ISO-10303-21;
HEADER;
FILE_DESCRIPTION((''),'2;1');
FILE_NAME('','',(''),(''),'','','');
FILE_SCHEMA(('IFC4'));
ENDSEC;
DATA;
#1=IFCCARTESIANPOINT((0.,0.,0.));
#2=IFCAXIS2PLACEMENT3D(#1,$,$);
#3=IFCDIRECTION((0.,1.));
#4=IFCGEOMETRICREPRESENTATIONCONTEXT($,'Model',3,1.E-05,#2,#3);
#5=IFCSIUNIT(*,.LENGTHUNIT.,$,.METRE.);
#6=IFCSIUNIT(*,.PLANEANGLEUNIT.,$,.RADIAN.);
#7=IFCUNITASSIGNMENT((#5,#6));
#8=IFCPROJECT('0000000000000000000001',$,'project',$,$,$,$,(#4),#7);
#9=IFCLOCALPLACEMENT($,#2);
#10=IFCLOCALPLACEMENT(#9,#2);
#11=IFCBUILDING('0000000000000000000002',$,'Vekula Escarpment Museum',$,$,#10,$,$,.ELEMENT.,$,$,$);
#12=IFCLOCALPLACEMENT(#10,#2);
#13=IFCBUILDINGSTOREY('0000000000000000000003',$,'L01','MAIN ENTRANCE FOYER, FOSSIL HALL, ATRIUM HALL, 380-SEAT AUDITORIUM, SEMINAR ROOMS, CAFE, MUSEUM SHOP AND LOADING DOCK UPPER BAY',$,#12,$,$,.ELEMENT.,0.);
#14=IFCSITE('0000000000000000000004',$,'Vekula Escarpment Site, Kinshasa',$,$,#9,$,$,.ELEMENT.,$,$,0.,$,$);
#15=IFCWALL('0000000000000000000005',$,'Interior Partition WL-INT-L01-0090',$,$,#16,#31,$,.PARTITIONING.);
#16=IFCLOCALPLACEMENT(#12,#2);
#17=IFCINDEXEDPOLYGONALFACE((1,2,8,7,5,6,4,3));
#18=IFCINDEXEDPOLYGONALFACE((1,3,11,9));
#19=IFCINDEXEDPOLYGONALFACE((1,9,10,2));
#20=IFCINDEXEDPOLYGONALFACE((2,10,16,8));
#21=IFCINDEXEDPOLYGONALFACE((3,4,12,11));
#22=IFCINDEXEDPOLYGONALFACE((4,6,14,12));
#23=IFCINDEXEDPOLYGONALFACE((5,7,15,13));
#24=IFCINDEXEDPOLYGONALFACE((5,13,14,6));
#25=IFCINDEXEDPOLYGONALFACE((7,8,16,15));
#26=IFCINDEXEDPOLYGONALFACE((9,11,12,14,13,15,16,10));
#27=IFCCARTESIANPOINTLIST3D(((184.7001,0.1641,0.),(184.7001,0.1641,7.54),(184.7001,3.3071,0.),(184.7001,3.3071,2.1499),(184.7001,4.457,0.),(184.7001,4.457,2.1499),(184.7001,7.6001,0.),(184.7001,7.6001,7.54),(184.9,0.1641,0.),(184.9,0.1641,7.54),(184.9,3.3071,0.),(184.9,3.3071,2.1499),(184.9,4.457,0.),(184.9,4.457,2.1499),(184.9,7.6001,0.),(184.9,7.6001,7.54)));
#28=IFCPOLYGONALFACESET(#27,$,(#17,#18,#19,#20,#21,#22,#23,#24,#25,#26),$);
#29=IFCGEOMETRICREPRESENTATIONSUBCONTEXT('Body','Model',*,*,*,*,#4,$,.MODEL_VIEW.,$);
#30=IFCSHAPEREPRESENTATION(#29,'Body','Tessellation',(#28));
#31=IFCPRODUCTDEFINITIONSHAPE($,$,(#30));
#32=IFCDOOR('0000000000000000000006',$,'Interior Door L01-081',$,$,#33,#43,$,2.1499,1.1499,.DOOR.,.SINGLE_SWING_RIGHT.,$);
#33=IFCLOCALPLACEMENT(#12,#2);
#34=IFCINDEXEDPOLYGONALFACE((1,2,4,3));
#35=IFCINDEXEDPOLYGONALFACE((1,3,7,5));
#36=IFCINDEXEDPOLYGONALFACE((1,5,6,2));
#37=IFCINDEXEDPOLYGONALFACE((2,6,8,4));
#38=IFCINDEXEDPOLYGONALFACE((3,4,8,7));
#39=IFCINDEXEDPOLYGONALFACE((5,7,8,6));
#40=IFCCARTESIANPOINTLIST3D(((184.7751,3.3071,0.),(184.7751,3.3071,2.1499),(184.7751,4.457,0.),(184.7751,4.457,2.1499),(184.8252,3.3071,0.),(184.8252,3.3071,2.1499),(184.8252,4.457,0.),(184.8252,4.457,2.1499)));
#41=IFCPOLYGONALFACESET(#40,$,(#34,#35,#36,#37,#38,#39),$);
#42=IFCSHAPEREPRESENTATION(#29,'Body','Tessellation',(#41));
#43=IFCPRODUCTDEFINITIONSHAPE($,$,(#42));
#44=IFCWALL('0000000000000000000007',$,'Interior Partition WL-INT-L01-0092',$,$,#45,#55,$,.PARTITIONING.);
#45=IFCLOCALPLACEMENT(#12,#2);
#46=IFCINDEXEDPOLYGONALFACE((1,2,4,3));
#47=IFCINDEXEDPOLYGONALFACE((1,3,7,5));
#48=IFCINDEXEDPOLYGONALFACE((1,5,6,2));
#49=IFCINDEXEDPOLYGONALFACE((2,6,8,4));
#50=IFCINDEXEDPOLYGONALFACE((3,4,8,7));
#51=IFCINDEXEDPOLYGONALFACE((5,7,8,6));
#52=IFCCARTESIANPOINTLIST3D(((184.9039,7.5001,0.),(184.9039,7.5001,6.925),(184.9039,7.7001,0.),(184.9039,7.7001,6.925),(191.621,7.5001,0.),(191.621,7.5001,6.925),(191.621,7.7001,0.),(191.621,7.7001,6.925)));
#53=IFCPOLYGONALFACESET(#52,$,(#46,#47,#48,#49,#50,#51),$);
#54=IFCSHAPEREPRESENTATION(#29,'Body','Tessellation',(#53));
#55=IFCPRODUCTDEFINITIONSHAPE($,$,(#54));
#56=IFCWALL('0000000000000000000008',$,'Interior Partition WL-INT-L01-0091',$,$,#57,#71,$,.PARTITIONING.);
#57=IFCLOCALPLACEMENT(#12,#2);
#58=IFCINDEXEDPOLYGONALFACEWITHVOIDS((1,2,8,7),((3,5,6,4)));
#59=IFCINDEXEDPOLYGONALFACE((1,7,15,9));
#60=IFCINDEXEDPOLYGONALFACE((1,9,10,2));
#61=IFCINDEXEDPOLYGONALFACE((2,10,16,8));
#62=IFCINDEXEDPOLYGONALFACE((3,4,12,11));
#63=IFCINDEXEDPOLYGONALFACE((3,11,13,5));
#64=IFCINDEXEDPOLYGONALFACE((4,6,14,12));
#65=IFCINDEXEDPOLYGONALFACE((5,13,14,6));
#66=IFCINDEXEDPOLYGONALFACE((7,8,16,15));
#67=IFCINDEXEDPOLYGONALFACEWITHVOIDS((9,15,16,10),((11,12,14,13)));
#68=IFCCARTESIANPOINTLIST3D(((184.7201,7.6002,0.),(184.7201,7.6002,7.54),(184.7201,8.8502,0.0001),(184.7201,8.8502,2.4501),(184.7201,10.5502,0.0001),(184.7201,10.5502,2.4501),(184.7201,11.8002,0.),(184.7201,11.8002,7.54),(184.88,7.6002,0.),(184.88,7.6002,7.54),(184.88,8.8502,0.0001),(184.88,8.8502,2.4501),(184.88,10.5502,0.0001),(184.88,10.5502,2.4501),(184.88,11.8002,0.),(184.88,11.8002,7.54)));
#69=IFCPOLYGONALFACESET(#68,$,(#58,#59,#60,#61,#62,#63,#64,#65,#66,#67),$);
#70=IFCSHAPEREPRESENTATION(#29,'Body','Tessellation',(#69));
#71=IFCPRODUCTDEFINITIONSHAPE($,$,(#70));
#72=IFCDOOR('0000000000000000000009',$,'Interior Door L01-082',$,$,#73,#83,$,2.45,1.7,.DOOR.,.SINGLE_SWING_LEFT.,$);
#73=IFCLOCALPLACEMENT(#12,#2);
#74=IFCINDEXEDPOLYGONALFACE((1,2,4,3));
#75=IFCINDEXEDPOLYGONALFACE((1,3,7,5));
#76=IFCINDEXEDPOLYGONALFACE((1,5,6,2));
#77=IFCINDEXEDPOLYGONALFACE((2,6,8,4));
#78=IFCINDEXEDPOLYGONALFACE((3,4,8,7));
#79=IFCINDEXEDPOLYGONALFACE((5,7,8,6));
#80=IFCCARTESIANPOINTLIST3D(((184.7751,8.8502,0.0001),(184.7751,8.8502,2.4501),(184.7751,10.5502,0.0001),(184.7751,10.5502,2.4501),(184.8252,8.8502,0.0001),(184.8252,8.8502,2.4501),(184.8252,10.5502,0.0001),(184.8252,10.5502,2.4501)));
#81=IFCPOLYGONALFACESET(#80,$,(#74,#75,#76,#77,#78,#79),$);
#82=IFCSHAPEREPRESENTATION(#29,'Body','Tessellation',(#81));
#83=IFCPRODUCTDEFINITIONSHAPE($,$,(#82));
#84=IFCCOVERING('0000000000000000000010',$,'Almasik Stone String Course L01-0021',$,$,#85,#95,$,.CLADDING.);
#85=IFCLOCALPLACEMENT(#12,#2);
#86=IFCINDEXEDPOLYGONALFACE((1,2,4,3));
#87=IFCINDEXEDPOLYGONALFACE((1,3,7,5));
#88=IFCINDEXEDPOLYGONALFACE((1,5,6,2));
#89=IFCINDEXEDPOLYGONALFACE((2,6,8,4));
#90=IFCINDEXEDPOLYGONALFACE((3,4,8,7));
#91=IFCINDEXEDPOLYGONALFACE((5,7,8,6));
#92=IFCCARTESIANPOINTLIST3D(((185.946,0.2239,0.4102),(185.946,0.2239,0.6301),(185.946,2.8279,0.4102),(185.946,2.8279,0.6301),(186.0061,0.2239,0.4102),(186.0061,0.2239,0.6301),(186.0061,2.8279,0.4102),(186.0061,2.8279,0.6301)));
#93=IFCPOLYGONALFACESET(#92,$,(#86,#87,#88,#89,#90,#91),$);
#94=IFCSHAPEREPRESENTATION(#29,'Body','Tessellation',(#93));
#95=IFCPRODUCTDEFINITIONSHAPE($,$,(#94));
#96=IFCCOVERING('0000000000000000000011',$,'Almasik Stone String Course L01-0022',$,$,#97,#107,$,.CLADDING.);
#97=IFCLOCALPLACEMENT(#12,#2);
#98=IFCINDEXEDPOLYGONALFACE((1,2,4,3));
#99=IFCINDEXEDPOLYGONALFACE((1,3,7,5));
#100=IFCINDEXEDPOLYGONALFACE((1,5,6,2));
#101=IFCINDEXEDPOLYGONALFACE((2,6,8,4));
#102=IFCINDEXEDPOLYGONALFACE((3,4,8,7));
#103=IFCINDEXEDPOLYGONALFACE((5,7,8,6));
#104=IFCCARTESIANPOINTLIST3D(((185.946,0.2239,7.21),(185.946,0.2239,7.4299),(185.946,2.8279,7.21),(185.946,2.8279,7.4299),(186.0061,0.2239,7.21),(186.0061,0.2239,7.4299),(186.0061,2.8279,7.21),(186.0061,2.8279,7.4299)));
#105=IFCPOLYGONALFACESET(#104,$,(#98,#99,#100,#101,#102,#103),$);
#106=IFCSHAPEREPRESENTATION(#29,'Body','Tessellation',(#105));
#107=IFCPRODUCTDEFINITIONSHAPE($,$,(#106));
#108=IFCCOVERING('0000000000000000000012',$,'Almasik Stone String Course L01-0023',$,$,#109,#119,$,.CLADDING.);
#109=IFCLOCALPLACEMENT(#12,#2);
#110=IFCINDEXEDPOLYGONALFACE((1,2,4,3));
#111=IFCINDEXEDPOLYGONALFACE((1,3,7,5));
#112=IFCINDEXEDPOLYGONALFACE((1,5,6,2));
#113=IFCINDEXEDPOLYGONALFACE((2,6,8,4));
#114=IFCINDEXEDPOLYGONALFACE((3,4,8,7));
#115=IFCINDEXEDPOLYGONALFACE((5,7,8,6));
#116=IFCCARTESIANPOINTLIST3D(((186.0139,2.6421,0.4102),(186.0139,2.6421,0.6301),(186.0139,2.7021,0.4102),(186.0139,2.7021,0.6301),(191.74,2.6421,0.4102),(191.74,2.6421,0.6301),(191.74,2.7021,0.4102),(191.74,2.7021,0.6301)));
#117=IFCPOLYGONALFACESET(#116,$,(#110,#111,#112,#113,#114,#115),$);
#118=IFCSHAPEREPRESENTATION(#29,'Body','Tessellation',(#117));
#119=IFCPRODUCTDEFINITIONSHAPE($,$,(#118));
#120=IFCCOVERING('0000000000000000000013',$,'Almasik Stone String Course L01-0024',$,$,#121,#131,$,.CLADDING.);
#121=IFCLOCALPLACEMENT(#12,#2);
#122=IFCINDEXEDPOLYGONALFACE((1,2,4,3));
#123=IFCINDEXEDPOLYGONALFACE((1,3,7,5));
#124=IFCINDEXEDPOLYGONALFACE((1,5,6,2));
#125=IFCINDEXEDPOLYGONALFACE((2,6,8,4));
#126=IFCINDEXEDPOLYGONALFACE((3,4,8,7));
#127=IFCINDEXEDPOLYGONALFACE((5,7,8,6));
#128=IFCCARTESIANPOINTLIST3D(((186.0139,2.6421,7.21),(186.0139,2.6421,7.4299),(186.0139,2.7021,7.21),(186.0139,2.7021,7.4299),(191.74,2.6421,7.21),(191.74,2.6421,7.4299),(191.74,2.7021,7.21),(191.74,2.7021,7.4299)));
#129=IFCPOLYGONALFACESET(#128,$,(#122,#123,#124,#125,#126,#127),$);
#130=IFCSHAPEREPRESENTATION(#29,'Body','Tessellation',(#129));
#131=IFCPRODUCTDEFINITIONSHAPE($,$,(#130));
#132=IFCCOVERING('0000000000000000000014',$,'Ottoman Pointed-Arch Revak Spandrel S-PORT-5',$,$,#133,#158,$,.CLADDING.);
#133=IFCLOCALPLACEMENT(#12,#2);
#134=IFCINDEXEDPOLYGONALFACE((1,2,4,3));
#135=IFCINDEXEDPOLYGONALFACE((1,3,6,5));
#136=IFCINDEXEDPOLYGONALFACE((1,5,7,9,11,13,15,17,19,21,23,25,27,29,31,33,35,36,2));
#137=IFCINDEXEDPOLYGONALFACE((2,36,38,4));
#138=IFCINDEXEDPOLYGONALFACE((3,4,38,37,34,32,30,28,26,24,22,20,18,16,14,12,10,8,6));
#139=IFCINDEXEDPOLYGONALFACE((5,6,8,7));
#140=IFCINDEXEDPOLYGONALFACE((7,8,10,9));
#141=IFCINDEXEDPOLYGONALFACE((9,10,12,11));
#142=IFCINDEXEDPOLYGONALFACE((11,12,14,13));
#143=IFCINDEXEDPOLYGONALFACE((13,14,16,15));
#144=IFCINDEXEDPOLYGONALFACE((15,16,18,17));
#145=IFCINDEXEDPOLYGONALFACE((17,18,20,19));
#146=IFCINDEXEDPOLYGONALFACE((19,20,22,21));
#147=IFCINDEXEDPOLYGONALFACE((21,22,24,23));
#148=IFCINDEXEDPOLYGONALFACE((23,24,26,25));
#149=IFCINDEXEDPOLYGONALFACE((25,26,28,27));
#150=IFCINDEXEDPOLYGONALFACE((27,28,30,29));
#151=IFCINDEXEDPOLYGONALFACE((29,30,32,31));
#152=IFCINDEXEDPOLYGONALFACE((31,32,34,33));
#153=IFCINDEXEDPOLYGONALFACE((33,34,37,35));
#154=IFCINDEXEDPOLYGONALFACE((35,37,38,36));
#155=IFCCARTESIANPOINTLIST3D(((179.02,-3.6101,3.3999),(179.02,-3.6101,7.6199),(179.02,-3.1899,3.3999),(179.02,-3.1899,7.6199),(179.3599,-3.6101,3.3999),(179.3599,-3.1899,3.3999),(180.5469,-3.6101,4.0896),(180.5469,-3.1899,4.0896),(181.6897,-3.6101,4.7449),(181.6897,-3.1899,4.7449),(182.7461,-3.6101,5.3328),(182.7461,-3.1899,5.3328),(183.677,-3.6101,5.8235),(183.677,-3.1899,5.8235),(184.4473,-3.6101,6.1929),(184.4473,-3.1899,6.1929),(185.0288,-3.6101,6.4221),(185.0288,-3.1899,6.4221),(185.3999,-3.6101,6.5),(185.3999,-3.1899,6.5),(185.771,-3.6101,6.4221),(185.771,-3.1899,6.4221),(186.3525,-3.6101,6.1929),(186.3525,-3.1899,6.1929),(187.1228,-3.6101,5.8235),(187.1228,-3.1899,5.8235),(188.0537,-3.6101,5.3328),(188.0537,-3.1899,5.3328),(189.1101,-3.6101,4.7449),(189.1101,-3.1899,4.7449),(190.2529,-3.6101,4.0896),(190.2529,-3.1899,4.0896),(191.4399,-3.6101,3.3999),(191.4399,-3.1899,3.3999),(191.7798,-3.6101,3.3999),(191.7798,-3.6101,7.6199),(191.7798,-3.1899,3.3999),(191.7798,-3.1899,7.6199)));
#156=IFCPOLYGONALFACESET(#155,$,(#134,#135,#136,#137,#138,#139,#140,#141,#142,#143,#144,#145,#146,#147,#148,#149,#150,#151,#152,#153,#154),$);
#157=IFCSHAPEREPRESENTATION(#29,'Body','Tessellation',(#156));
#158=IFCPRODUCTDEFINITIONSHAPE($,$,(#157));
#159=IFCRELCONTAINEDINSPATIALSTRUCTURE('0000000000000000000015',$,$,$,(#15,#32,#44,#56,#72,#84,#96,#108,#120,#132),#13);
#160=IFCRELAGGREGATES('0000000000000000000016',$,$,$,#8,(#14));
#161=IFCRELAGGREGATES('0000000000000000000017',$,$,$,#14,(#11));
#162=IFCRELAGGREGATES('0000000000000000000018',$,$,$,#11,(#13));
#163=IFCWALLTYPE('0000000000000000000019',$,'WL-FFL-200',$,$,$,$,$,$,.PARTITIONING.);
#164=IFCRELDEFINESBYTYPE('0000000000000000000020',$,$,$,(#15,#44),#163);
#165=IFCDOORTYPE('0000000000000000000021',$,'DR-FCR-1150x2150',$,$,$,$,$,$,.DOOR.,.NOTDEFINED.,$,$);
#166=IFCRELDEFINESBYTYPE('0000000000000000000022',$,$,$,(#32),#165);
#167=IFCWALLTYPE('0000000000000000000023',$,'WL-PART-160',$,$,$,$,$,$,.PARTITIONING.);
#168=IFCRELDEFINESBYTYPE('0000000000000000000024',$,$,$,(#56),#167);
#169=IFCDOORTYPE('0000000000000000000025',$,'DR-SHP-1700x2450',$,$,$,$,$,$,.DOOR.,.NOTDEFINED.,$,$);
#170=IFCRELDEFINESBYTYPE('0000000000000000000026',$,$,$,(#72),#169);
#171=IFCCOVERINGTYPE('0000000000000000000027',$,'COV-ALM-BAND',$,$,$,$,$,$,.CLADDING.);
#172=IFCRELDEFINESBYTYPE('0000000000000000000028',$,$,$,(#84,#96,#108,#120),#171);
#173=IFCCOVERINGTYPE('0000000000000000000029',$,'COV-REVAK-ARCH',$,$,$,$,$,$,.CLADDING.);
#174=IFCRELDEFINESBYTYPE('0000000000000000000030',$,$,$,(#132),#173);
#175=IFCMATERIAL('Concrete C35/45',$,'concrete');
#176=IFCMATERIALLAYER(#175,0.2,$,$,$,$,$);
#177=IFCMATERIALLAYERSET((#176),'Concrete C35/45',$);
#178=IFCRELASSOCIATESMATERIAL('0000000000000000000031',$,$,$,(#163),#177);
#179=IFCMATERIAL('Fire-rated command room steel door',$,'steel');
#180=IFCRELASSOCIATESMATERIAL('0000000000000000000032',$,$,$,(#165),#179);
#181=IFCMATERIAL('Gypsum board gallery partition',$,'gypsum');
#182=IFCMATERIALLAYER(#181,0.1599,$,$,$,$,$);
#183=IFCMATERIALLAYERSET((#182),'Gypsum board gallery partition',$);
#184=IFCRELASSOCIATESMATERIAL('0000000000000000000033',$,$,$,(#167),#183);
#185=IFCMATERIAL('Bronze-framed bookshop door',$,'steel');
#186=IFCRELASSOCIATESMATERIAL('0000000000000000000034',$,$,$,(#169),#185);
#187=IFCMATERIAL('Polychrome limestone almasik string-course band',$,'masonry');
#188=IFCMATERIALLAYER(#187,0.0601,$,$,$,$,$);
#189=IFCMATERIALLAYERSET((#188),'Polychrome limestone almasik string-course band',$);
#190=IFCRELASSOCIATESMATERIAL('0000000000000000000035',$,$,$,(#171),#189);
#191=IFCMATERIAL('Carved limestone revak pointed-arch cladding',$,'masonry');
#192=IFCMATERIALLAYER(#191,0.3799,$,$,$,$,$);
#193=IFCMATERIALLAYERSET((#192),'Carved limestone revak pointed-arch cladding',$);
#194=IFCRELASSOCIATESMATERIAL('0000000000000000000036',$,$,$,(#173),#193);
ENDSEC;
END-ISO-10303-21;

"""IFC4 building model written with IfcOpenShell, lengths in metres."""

from ifc_helpers import new_model, si_unit, direction, frame, frame_2d, origin, origin_2d, place, context, subcontext, project, spatial, polyline, rectangle, outline, extrude, material, layer, layer_set, type_object, element, fill, save


model = new_model("IFC4")

# Units and contexts
model_context = context("Model", 3, precision=1e-05, world=origin(), true_north=direction((0.0, 1.0)))
body_context = subcontext(model_context, "Body", "Model", "MODEL_VIEW")
ifc_project = project(units=[si_unit("LENGTHUNIT", "METRE"), si_unit("PLANEANGLEUNIT", "RADIAN")], contexts=[model_context])

# Site, building, storey
site_placement = place(None, origin())
site = spatial("IfcSite", under=ifc_project, at=site_placement, Name="Vekula Escarpment Site, Kinshasa", CompositionType="ELEMENT", RefElevation=0.0)
building_placement = place(site_placement, origin())
building = spatial("IfcBuilding", under=site, at=building_placement, Name="Vekula Escarpment Museum", CompositionType="ELEMENT")
storey_placement = place(building_placement, origin())
storey = spatial("IfcBuildingStorey", under=building, at=storey_placement, Name="L01", Description="MAIN ENTRANCE FOYER, FOSSIL HALL, ATRIUM HALL, 380-SEAT AUDITORIUM, SEMINAR ROOMS, CAFE, MUSEUM SHOP AND LOADING DOCK UPPER BAY", CompositionType="ELEMENT", Elevation=0.0)

# Wall, opening, door
ifc_material_1 = material(Name="Concrete C35/45", Category="concrete")
ifc_layer_1 = layer(ifc_material_1, 0.2)
ifc_layer_set_1 = layer_set([ifc_layer_1], Name="Concrete C35/45")
wall_type_1 = type_object("IfcWallType", Name="WL-FFL-200", PredefinedType="PARTITIONING", material=ifc_layer_set_1)
wall_1_placement = place(storey_placement, frame((184.8, 0.1641, 0.0), z_axis=(0.0, 0.0, 1.0), x_axis=(0.0, 1.0, 0.0)))
wall_1 = element("IfcWall", 1, at=wall_1_placement, inside=storey, type_object=wall_type_1, Name="Interior Partition WL-INT-L01-0090", PredefinedType="PARTITIONING", context=body_context, shape_type="SweptSolid", body=[
    extrude(rectangle(XDim=7.436, YDim=0.2, at=frame_2d((3.718, 0.0))), origin(), (0.0, 0.0, 1.0), 7.54),
])
opening_1_placement = place(wall_1_placement, frame((3.1431, 0.0, 0.0)))
opening_1 = element("IfcOpeningElement", 2, at=opening_1_placement, cuts=wall_1, PredefinedType="OPENING", context=body_context, shape_type="SweptSolid", body=[
    extrude(rectangle(XDim=1.1499, YDim=2.1499, at=frame_2d((0.575, 1.075))), frame((0.0, 0.1099, 0.0), z_axis=(0.0, -1.0, 0.0), x_axis=(1.0, 0.0, 0.0)), (0.0, 0.0, 1.0), 0.22),
])
ifc_material_2 = material(Name="Fire-rated command room steel door", Category="steel")
door_type_1 = type_object("IfcDoorType", Name="DR-FCR-1150x2150", OperationType="NOTDEFINED", PredefinedType="DOOR", material=ifc_material_2)
door_1_placement = place(opening_1_placement, origin())
door_1 = element("IfcDoor", 3, at=door_1_placement, inside=storey, type_object=door_type_1, Name="Interior Door L01-081", OperationType="SINGLE_SWING_RIGHT", OverallHeight=2.1499, OverallWidth=1.1499, PredefinedType="DOOR", context=body_context, shape_type="SweptSolid", body=[
    extrude(rectangle(XDim=1.1499, YDim=2.1499, at=frame_2d((0.575, 1.075))), frame((0.0, 0.0249, 0.0), z_axis=(0.0, -1.0, 0.0), x_axis=(1.0, 0.0, 0.0)), (0.0, 0.0, 1.0), 0.05),
])
fill(opening_1, door_1)

# Wall
wall_2_placement = place(storey_placement, frame((184.9041, 7.6001, 0.0), z_axis=(0.0, 0.0, 1.0), x_axis=(1.0, 0.0, 0.0)))
element("IfcWall", 4, at=wall_2_placement, inside=storey, type_object=wall_type_1, Name="Interior Partition WL-INT-L01-0092", PredefinedType="PARTITIONING", context=body_context, shape_type="SweptSolid", body=[
    extrude(rectangle(XDim=6.717, YDim=0.2, at=frame_2d((3.3584, 0.0))), origin(), (0.0, 0.0, 1.0), 6.925),
])

# Wall, opening, door
ifc_material_3 = material(Name="Gypsum board gallery partition", Category="gypsum")
ifc_layer_2 = layer(ifc_material_3, 0.1599)
ifc_layer_set_2 = layer_set([ifc_layer_2], Name="Gypsum board gallery partition")
wall_type_2 = type_object("IfcWallType", Name="WL-PART-160", PredefinedType="PARTITIONING", material=ifc_layer_set_2)
wall_3_placement = place(storey_placement, frame((184.8, 7.6001, 0.0), z_axis=(0.0, 0.0, 1.0), x_axis=(0.0, 1.0, 0.0)))
wall_3 = element("IfcWall", 5, at=wall_3_placement, inside=storey, type_object=wall_type_2, Name="Interior Partition WL-INT-L01-0091", PredefinedType="PARTITIONING", context=body_context, shape_type="SweptSolid", body=[
    extrude(rectangle(XDim=4.2, YDim=0.1599, at=frame_2d((2.1001, 0.0))), origin(), (0.0, 0.0, 1.0), 7.54),
])
opening_2_placement = place(wall_3_placement, frame((1.25, 0.0, 0.0)))
opening_2 = element("IfcOpeningElement", 6, at=opening_2_placement, cuts=wall_3, PredefinedType="OPENING", context=body_context, shape_type="SweptSolid", body=[
    extrude(rectangle(XDim=1.7, YDim=2.45, at=frame_2d((0.8501, 1.2251))), frame((0.0, 0.0898, 0.0), z_axis=(0.0, -1.0, 0.0), x_axis=(1.0, 0.0, 0.0)), (0.0, 0.0, 1.0), 0.1799),
])
ifc_material_4 = material(Name="Bronze-framed bookshop door", Category="steel")
door_type_2 = type_object("IfcDoorType", Name="DR-SHP-1700x2450", OperationType="NOTDEFINED", PredefinedType="DOOR", material=ifc_material_4)
door_2_placement = place(opening_2_placement, origin())
door_2 = element("IfcDoor", 7, at=door_2_placement, inside=storey, type_object=door_type_2, Name="Interior Door L01-082", OperationType="SINGLE_SWING_LEFT", OverallHeight=2.45, OverallWidth=1.7, PredefinedType="DOOR", context=body_context, shape_type="SweptSolid", body=[
    extrude(rectangle(XDim=1.7, YDim=2.45, at=frame_2d((0.8501, 1.2251))), frame((0.0, 0.0249, 0.0), z_axis=(0.0, -1.0, 0.0), x_axis=(1.0, 0.0, 0.0)), (0.0, 0.0, 1.0), 0.05),
])
fill(opening_2, door_2)

# Coverings
ifc_material_5 = material(Name="Polychrome limestone almasik string-course band", Category="masonry")
ifc_layer_3 = layer(ifc_material_5, 0.0601)
ifc_layer_set_3 = layer_set([ifc_layer_3], Name="Polychrome limestone almasik string-course band")
covering_type_1 = type_object("IfcCoveringType", Name="COV-ALM-BAND", PredefinedType="CLADDING", material=ifc_layer_set_3)
for number, where, z_axis, x_axis, name in (
    (8, (185.9761, 1.5259, 0.4102), (0.0, 0.0, 1.0), (0.0, 1.0, 0.0), "Almasik Stone String Course L01-0021"),
    (9, (185.9761, 1.5259, 7.21), (0.0, 0.0, 1.0), (0.0, 1.0, 0.0), "Almasik Stone String Course L01-0022"),
):
    element("IfcCovering", number, at=place(storey_placement, frame(where, z_axis=z_axis, x_axis=x_axis)), inside=storey, type_object=covering_type_1, Name=name, PredefinedType="CLADDING", context=body_context, shape_type="SweptSolid", body=[
        extrude(rectangle(XDim=2.604, YDim=0.0601, at=origin_2d()), origin(), (0.0, 0.0, 1.0), 0.22),
    ])
for number, where, z_axis, x_axis, name in (
    (10, (188.877, 2.6721, 0.4102), (0.0, 0.0, 1.0), (1.0, 0.0, 0.0), "Almasik Stone String Course L01-0023"),
    (11, (188.877, 2.6721, 7.21), (0.0, 0.0, 1.0), (1.0, 0.0, 0.0), "Almasik Stone String Course L01-0024"),
):
    element("IfcCovering", number, at=place(storey_placement, frame(where, z_axis=z_axis, x_axis=x_axis)), inside=storey, type_object=covering_type_1, Name=name, PredefinedType="CLADDING", context=body_context, shape_type="SweptSolid", body=[
        extrude(rectangle(XDim=5.7261, YDim=0.0601, at=origin_2d()), origin(), (0.0, 0.0, 1.0), 0.22),
    ])
ifc_material_6 = material(Name="Carved limestone revak pointed-arch cladding", Category="masonry")
ifc_layer_4 = layer(ifc_material_6, 0.3799)
ifc_layer_set_4 = layer_set([ifc_layer_4], Name="Carved limestone revak pointed-arch cladding")
covering_type_2 = type_object("IfcCoveringType", Name="COV-REVAK-ARCH", PredefinedType="CLADDING", material=ifc_layer_set_4)
covering_placement = place(storey_placement, frame((185.3999, -3.1899, 3.3999), z_axis=(0.0, -1.0, 0.0), x_axis=(1.0, 0.0, 0.0)))
element("IfcCovering", 12, at=covering_placement, inside=storey, type_object=covering_type_2, Name="Ottoman Pointed-Arch Revak Spandrel S-PORT-5", PredefinedType="CLADDING", context=body_context, shape_type="SweptSolid", body=[
    extrude(outline(polyline([(-6.3799, 4.22), (6.3799, 4.22), (6.3799, 0.0), (6.04, 0.0), (4.853, 0.6897), (3.7102, 1.345), (2.6538, 1.9329), (1.7229, 2.4236), (0.9526, 2.793), (0.3711, 3.0222), (0.0, 3.1001), (-0.3711, 3.0222), (-0.9526, 2.793), (-1.7229, 2.4236), (-2.6538, 1.9329), (-3.7102, 1.345), (-4.853, 0.6897), (-6.04, 0.0), (-6.3799, 0.0), (-6.3799, 4.22)])), origin(), (0.0, 0.0, 1.0), 0.4202),
])

save(model, "model.ifc")
